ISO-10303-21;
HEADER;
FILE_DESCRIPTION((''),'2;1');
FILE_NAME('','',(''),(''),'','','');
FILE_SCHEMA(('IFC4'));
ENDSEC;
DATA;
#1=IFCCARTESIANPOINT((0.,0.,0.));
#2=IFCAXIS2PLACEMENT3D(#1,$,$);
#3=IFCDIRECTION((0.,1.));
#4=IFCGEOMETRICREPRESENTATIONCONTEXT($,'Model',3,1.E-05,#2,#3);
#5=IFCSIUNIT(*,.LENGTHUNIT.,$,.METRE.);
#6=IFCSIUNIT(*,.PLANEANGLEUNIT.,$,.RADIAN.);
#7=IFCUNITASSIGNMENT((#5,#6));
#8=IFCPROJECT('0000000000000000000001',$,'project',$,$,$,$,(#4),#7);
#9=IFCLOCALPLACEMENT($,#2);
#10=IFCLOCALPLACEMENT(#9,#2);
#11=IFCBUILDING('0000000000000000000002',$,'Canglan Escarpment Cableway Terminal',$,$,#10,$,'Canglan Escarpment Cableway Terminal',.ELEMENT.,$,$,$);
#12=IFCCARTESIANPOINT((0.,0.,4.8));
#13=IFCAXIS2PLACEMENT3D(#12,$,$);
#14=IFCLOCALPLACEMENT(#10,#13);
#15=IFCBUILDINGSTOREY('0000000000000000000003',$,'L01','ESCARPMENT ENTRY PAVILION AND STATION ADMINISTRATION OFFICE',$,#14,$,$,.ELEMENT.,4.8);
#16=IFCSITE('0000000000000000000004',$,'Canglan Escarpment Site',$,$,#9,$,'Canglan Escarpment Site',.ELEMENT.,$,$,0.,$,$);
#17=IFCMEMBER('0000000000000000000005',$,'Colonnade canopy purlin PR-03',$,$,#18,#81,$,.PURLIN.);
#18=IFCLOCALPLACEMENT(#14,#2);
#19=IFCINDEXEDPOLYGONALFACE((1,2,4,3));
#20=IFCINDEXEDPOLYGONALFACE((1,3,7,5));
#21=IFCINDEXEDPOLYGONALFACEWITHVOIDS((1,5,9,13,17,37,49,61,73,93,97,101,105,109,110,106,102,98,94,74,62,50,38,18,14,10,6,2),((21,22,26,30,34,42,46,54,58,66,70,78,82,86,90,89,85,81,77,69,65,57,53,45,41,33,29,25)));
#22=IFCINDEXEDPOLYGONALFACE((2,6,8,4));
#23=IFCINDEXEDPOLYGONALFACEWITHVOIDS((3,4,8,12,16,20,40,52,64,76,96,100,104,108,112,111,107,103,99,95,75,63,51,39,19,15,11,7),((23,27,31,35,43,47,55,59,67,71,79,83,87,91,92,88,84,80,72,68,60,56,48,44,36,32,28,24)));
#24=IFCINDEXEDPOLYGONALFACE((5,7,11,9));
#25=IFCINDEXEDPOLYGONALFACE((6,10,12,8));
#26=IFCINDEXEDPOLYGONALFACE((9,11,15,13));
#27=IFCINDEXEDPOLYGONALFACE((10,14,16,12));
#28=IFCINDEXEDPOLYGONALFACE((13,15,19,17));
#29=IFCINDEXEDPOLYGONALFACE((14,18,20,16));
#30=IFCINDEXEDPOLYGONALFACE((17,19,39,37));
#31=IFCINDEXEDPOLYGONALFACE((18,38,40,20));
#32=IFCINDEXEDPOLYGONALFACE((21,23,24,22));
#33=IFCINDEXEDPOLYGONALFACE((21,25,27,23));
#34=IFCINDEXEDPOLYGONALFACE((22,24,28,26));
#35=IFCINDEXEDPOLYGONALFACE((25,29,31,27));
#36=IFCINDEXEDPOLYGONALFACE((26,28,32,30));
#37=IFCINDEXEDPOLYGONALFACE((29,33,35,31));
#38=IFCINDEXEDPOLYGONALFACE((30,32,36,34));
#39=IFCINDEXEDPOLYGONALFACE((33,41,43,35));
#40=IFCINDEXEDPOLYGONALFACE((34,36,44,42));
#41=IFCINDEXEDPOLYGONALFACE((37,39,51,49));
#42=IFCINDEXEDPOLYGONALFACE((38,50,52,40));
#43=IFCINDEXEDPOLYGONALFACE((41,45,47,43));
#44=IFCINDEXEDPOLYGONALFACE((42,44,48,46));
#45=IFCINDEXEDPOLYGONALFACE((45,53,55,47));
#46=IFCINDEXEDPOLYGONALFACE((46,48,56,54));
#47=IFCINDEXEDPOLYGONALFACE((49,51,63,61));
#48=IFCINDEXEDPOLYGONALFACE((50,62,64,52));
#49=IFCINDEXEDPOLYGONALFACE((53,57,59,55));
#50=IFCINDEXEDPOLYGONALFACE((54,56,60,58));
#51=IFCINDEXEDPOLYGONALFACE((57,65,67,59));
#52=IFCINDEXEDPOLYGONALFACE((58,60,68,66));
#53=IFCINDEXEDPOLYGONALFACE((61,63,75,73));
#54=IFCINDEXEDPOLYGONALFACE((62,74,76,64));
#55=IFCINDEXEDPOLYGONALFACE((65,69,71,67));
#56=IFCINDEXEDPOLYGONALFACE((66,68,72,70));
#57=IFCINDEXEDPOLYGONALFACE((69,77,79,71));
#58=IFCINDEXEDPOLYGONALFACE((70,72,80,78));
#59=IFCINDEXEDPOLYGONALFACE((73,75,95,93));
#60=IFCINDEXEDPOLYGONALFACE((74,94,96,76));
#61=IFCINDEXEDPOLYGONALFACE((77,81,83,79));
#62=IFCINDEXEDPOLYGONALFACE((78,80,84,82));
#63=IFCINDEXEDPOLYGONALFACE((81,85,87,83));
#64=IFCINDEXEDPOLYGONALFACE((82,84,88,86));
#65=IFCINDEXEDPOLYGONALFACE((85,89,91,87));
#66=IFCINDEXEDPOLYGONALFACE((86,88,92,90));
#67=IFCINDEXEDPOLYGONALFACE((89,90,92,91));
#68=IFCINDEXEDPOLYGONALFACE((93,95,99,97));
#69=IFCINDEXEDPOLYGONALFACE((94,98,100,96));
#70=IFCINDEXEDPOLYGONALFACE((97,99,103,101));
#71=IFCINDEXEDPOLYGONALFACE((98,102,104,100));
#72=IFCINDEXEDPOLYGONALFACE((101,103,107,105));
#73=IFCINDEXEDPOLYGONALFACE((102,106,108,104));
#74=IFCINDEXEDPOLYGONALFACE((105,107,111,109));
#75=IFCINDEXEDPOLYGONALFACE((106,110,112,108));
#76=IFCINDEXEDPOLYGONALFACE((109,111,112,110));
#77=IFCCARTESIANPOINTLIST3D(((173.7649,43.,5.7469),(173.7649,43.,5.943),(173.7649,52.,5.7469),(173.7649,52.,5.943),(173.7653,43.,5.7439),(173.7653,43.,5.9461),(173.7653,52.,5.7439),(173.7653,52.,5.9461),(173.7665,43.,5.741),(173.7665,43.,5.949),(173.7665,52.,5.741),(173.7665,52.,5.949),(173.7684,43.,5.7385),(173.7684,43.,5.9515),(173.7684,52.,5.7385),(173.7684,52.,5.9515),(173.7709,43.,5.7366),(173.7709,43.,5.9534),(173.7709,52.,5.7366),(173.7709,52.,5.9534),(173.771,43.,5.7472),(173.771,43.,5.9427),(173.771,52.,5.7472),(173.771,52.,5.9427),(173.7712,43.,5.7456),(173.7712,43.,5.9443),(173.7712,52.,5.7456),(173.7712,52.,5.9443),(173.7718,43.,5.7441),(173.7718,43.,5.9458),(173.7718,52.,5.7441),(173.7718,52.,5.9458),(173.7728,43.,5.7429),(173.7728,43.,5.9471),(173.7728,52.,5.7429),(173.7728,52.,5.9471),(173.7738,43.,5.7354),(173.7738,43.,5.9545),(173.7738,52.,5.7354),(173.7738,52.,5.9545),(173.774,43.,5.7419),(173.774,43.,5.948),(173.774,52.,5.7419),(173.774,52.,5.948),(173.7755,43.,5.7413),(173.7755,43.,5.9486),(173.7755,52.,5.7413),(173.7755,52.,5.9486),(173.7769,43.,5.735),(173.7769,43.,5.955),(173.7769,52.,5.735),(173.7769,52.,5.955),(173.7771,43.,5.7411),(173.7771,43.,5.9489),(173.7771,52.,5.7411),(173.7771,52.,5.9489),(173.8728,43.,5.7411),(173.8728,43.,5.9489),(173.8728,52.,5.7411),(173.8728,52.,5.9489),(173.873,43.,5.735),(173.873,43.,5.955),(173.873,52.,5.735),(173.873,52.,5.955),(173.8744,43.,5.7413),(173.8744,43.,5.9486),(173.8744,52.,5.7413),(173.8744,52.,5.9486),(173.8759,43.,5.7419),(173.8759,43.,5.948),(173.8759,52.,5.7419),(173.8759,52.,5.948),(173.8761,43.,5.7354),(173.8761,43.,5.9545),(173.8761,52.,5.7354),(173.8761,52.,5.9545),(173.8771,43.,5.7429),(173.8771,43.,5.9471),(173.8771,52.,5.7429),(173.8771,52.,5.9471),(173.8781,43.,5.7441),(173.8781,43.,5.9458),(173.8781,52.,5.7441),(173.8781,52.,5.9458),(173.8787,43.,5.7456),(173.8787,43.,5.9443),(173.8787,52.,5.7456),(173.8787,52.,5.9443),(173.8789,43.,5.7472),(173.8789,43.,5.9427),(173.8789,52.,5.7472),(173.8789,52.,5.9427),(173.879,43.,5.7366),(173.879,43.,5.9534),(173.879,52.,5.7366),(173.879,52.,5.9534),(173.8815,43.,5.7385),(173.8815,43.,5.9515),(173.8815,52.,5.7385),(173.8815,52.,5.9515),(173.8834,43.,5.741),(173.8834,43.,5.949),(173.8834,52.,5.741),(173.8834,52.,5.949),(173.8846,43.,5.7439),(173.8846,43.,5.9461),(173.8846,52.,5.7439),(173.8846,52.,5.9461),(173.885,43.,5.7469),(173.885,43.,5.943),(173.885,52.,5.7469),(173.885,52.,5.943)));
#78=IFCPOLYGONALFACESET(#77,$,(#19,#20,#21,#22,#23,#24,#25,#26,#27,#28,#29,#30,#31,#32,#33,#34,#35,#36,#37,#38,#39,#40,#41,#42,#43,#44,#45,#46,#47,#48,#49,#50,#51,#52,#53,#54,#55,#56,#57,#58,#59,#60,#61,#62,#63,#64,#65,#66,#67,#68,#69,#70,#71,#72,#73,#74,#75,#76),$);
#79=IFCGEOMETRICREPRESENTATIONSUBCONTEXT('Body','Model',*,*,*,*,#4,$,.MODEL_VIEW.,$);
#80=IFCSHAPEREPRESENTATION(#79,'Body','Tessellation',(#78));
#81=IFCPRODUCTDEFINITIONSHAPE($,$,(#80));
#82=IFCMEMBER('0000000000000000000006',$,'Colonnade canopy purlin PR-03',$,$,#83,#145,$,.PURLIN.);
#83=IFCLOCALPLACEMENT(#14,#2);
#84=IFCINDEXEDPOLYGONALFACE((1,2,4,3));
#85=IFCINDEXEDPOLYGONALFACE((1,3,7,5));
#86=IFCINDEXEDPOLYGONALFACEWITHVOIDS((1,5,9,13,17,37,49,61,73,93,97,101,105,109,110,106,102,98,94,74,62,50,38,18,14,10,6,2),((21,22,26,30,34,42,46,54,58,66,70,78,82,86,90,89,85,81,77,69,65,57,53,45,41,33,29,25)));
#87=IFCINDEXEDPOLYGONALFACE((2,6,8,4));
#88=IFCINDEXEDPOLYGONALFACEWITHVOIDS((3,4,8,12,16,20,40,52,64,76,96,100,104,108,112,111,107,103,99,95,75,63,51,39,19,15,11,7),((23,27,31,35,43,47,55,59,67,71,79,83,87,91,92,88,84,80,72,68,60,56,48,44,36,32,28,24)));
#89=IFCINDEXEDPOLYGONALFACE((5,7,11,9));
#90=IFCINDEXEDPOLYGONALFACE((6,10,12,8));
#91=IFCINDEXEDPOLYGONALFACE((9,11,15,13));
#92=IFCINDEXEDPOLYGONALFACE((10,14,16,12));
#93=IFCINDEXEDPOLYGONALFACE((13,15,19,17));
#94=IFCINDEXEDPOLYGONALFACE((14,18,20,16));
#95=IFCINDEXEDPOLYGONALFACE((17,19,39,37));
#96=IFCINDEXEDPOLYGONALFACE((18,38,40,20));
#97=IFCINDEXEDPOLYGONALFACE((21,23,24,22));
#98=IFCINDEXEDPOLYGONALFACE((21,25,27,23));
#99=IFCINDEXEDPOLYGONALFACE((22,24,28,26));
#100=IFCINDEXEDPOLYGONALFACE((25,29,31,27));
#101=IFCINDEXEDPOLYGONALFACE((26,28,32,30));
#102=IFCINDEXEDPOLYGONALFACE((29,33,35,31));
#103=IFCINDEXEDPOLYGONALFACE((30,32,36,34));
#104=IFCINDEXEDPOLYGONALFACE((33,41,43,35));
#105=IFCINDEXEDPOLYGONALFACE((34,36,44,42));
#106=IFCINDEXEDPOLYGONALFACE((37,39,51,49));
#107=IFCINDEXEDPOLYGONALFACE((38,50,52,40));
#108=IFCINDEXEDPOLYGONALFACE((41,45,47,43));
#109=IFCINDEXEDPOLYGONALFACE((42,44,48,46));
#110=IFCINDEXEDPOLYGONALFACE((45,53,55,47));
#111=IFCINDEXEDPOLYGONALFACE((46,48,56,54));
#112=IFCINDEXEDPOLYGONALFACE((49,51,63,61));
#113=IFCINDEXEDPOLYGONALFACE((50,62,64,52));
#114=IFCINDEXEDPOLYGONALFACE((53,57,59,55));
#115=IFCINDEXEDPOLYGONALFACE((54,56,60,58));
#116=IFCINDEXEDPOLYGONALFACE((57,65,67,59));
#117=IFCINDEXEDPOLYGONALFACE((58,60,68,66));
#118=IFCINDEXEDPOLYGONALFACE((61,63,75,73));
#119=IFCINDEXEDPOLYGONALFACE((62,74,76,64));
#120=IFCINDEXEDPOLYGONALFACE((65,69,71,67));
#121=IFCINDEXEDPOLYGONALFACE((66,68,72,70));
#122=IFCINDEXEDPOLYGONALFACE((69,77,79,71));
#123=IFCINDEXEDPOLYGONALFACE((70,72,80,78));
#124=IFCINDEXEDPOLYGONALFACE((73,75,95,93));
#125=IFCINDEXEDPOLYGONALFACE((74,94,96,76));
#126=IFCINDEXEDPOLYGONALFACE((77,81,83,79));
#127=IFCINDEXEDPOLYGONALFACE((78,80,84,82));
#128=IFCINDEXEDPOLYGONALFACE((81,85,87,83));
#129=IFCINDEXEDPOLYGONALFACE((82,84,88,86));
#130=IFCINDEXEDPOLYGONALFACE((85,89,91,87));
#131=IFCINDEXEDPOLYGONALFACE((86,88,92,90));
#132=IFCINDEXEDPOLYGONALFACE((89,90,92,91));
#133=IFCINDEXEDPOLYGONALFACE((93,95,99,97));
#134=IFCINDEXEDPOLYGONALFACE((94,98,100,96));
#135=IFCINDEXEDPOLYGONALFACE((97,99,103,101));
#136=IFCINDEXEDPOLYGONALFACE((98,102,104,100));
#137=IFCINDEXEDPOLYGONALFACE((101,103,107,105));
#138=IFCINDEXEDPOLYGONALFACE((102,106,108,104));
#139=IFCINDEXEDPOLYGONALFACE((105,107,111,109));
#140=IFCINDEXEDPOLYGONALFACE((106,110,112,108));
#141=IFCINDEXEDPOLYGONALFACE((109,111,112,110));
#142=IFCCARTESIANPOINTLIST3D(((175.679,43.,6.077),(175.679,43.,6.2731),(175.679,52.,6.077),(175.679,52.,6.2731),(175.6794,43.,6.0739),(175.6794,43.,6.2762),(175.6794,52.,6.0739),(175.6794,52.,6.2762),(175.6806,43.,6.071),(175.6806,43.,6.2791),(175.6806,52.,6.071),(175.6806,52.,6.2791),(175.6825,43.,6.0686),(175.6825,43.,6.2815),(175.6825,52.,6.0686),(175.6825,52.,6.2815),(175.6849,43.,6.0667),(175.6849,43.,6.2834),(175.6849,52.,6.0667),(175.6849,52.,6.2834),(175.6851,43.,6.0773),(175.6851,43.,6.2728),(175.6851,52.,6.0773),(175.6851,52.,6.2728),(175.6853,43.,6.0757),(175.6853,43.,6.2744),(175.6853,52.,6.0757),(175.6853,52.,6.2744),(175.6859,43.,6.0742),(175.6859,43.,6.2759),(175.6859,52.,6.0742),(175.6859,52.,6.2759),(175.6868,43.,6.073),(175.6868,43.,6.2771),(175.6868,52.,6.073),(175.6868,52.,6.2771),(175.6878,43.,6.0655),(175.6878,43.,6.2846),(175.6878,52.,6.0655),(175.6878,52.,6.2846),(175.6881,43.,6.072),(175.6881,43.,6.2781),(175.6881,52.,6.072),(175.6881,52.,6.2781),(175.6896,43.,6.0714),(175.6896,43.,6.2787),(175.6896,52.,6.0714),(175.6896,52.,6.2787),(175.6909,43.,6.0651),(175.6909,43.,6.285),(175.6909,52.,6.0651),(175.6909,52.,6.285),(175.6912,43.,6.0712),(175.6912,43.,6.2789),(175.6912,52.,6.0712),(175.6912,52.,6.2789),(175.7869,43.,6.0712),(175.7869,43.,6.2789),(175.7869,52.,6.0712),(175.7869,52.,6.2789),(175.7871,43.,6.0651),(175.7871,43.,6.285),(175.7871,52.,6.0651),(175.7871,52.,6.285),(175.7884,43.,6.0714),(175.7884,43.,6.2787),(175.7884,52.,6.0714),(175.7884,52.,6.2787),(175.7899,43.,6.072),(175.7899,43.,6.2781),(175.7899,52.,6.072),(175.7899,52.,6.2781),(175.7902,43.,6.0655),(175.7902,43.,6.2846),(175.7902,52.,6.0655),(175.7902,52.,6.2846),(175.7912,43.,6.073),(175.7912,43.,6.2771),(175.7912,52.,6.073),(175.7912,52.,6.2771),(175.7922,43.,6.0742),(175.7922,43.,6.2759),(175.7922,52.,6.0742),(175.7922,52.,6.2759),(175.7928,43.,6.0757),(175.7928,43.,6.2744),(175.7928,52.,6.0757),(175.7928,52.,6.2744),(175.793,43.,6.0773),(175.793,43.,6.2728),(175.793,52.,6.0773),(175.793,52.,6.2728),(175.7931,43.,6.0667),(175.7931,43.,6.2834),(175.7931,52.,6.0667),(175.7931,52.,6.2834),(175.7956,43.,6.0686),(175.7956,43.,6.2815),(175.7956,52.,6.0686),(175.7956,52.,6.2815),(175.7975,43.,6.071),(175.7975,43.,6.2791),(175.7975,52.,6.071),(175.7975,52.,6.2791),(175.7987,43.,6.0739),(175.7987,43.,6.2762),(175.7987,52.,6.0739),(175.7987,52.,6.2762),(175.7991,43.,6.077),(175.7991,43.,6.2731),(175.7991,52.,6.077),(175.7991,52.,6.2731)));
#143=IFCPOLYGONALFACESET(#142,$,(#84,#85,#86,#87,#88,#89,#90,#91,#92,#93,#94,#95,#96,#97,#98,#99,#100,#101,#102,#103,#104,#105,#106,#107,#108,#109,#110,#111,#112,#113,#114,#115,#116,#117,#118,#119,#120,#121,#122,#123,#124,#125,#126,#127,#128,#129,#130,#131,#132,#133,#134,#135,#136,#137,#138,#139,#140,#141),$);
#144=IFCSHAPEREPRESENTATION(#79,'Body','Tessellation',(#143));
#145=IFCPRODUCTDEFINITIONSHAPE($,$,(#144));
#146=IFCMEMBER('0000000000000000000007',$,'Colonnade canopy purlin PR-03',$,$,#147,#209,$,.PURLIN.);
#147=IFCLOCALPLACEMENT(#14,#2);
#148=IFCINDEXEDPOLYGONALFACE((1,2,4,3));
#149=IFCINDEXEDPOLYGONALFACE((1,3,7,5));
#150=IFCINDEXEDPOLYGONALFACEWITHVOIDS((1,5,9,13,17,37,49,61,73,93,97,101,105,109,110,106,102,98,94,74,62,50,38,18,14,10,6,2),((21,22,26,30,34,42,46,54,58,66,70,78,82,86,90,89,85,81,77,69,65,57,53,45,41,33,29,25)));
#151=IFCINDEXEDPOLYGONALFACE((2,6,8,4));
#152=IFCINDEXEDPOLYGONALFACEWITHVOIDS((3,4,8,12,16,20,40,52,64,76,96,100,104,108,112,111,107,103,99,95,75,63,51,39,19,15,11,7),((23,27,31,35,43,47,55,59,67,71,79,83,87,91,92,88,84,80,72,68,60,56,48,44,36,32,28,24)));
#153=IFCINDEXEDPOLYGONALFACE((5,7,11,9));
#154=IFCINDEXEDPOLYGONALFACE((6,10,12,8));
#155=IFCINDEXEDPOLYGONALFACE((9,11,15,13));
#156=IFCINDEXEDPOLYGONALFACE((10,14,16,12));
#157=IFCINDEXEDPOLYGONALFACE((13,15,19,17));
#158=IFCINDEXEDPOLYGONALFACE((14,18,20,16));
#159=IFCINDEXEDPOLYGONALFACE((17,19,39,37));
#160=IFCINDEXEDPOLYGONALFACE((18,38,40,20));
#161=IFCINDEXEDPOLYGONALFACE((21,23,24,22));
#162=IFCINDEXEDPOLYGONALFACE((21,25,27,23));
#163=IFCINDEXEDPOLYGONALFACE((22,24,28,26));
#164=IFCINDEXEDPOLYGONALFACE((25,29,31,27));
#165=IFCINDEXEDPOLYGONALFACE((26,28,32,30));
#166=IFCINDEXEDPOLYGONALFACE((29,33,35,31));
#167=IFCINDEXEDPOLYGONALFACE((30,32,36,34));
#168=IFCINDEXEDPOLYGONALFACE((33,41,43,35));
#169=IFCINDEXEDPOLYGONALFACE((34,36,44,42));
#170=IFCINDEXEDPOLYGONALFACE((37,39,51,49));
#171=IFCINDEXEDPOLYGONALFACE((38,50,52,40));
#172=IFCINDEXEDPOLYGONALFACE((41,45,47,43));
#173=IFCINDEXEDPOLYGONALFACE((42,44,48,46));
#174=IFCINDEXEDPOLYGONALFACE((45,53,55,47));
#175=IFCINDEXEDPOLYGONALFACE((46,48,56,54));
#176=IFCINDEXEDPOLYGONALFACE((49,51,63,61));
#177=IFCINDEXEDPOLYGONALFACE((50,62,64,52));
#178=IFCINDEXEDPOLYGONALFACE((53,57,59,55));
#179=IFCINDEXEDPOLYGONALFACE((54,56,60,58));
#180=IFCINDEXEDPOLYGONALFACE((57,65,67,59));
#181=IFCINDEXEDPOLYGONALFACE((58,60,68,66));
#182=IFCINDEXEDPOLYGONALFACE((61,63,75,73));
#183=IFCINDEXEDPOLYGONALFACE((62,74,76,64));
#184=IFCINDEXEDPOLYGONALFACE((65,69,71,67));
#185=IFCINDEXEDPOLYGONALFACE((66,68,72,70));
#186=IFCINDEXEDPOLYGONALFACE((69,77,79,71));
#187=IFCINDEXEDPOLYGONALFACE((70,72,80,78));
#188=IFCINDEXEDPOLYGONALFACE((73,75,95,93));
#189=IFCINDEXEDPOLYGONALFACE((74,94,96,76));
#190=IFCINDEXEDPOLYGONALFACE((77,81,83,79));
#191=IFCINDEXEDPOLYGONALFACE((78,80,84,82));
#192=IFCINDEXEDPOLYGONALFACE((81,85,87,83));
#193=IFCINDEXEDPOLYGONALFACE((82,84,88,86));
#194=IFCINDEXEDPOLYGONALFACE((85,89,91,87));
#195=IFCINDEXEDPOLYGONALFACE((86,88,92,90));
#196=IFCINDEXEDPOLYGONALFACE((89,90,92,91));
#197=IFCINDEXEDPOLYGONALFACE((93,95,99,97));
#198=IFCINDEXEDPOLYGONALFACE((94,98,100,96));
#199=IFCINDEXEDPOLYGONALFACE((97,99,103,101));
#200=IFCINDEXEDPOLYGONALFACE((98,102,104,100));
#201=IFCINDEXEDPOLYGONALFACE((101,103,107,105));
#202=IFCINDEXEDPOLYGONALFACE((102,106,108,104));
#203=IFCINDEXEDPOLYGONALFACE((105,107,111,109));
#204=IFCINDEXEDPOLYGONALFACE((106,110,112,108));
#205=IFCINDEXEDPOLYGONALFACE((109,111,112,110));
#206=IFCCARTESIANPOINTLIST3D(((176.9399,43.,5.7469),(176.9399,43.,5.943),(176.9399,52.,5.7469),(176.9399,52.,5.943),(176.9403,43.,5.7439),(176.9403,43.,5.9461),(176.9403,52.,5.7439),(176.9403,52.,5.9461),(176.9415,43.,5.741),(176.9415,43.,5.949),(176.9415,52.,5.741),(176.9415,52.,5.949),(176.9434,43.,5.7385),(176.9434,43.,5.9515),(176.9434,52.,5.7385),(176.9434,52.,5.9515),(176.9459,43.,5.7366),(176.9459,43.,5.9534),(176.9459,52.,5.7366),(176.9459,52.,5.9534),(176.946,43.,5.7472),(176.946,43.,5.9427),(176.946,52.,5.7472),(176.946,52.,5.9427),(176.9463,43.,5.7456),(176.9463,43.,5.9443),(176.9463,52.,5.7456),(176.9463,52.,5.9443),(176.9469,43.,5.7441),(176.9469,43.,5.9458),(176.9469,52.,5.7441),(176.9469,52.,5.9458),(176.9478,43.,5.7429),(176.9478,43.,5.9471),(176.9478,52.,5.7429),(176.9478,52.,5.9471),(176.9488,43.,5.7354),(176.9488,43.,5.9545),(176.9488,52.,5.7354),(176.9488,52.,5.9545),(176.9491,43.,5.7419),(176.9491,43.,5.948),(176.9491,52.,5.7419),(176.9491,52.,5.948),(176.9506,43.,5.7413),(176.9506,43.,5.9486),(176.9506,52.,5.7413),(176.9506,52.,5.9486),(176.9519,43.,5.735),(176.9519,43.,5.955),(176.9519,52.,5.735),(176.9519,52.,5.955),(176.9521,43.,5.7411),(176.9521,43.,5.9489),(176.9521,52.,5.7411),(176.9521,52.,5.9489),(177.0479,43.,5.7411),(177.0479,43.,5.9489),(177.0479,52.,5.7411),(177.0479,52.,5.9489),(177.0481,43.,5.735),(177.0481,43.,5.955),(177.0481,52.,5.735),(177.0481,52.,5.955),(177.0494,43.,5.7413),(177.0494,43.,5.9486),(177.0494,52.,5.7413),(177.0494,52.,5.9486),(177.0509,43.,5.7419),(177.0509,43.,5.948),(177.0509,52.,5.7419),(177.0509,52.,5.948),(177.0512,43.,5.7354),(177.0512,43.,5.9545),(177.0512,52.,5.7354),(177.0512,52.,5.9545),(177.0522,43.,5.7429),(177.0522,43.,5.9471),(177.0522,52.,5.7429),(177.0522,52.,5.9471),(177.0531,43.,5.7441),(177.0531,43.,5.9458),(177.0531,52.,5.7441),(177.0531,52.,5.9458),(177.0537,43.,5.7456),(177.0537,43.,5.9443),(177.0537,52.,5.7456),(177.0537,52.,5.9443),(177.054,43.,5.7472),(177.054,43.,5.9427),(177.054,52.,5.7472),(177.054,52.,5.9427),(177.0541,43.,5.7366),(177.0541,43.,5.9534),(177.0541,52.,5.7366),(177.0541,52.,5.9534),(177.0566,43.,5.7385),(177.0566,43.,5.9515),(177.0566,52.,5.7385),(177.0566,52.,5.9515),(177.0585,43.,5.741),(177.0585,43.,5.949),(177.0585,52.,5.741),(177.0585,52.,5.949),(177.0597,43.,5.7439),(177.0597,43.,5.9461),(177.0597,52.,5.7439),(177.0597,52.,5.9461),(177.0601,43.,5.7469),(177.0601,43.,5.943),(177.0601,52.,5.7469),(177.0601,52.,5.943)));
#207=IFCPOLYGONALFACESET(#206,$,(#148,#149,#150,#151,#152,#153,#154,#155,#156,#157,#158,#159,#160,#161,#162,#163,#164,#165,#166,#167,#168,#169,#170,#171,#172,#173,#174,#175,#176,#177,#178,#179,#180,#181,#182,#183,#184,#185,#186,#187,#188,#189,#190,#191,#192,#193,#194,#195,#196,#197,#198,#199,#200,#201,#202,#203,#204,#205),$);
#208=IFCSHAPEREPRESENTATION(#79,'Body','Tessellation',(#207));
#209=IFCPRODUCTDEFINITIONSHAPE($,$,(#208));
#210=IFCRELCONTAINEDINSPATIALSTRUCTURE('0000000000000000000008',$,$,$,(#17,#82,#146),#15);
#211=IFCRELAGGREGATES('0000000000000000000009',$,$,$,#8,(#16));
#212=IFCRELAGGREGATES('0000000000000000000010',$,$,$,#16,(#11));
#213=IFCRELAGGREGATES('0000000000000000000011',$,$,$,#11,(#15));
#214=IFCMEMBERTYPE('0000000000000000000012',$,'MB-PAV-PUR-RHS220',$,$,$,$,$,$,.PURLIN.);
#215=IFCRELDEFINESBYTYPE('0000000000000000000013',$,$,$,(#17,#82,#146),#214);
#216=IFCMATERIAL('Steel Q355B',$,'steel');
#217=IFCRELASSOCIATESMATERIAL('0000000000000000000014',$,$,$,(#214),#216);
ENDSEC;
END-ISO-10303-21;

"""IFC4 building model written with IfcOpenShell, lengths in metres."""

from ifc_helpers import new_model, si_unit, direction, frame, origin, origin_2d, place, context, subcontext, project, spatial, hollow_rectangle, extrude, material, material_profile, profile_set, type_object, element, save


model = new_model("IFC4")

# Units and contexts
model_context = context("Model", 3, precision=1e-05, world=origin(), true_north=direction((0.0, 1.0)))
body_context = subcontext(model_context, "Body", "Model", "MODEL_VIEW")
ifc_project = project(units=[si_unit("LENGTHUNIT", "METRE"), si_unit("PLANEANGLEUNIT", "RADIAN")], contexts=[model_context])

# Site, building, storey
site_placement = place(None, origin())
site = spatial("IfcSite", under=ifc_project, at=site_placement, Name="Canglan Escarpment Site", LongName="Canglan Escarpment Site", CompositionType="ELEMENT", RefElevation=0.0)
building_placement = place(site_placement, origin())
building = spatial("IfcBuilding", under=site, at=building_placement, Name="Canglan Escarpment Cableway Terminal", LongName="Canglan Escarpment Cableway Terminal", CompositionType="ELEMENT")
storey_placement = place(building_placement, frame((0.0, 0.0, 4.8)))
storey = spatial("IfcBuildingStorey", under=building, at=storey_placement, Name="L01", Description="ESCARPMENT ENTRY PAVILION AND STATION ADMINISTRATION OFFICE", CompositionType="ELEMENT", Elevation=4.8)

# Shared definitions
ifc_material_1 = material(Name="Steel Q355B", Category="steel")

# Members
ifc_material_profile_1 = material_profile(ifc_material_1, hollow_rectangle(XDim=0.1201, YDim=0.22, WallThickness=0.0061, InnerFilletRadius=0.0061, OuterFilletRadius=0.012, at=origin_2d()), Name="RHS 220x120x6")
ifc_profile_set_1 = profile_set([ifc_material_profile_1], Name="Steel Q355B")
member_type_1 = type_object("IfcMemberType", Name="MB-PAV-PUR-RHS220", PredefinedType="PURLIN", material=ifc_profile_set_1)
for number, where, z_axis, x_axis, name in (
    (1, (173.825, 43.0, 5.845), (0.0, 1.0, 0.0), (-1.0, 0.0, 0.0), "Colonnade canopy purlin PR-03"),
    (2, (175.739, 43.0, 6.175), (0.0, 1.0, 0.0), (-1.0, 0.0, 0.0), "Colonnade canopy purlin PR-03"),
    (3, (177.0, 43.0, 5.845), (0.0, 1.0, 0.0), (-1.0, 0.0, 0.0), "Colonnade canopy purlin PR-03"),
):
    element("IfcMember", number, at=place(storey_placement, frame(where, z_axis=z_axis, x_axis=x_axis)), inside=storey, type_object=member_type_1, Name=name, PredefinedType="PURLIN", context=body_context, shape_type="SweptSolid", body=[
        extrude(hollow_rectangle(XDim=0.1201, YDim=0.22, WallThickness=0.0061, InnerFilletRadius=0.0061, OuterFilletRadius=0.012, at=origin_2d()), origin(), (0.0, 0.0, 1.0), 9.0),
    ])

save(model, "model.ifc")
